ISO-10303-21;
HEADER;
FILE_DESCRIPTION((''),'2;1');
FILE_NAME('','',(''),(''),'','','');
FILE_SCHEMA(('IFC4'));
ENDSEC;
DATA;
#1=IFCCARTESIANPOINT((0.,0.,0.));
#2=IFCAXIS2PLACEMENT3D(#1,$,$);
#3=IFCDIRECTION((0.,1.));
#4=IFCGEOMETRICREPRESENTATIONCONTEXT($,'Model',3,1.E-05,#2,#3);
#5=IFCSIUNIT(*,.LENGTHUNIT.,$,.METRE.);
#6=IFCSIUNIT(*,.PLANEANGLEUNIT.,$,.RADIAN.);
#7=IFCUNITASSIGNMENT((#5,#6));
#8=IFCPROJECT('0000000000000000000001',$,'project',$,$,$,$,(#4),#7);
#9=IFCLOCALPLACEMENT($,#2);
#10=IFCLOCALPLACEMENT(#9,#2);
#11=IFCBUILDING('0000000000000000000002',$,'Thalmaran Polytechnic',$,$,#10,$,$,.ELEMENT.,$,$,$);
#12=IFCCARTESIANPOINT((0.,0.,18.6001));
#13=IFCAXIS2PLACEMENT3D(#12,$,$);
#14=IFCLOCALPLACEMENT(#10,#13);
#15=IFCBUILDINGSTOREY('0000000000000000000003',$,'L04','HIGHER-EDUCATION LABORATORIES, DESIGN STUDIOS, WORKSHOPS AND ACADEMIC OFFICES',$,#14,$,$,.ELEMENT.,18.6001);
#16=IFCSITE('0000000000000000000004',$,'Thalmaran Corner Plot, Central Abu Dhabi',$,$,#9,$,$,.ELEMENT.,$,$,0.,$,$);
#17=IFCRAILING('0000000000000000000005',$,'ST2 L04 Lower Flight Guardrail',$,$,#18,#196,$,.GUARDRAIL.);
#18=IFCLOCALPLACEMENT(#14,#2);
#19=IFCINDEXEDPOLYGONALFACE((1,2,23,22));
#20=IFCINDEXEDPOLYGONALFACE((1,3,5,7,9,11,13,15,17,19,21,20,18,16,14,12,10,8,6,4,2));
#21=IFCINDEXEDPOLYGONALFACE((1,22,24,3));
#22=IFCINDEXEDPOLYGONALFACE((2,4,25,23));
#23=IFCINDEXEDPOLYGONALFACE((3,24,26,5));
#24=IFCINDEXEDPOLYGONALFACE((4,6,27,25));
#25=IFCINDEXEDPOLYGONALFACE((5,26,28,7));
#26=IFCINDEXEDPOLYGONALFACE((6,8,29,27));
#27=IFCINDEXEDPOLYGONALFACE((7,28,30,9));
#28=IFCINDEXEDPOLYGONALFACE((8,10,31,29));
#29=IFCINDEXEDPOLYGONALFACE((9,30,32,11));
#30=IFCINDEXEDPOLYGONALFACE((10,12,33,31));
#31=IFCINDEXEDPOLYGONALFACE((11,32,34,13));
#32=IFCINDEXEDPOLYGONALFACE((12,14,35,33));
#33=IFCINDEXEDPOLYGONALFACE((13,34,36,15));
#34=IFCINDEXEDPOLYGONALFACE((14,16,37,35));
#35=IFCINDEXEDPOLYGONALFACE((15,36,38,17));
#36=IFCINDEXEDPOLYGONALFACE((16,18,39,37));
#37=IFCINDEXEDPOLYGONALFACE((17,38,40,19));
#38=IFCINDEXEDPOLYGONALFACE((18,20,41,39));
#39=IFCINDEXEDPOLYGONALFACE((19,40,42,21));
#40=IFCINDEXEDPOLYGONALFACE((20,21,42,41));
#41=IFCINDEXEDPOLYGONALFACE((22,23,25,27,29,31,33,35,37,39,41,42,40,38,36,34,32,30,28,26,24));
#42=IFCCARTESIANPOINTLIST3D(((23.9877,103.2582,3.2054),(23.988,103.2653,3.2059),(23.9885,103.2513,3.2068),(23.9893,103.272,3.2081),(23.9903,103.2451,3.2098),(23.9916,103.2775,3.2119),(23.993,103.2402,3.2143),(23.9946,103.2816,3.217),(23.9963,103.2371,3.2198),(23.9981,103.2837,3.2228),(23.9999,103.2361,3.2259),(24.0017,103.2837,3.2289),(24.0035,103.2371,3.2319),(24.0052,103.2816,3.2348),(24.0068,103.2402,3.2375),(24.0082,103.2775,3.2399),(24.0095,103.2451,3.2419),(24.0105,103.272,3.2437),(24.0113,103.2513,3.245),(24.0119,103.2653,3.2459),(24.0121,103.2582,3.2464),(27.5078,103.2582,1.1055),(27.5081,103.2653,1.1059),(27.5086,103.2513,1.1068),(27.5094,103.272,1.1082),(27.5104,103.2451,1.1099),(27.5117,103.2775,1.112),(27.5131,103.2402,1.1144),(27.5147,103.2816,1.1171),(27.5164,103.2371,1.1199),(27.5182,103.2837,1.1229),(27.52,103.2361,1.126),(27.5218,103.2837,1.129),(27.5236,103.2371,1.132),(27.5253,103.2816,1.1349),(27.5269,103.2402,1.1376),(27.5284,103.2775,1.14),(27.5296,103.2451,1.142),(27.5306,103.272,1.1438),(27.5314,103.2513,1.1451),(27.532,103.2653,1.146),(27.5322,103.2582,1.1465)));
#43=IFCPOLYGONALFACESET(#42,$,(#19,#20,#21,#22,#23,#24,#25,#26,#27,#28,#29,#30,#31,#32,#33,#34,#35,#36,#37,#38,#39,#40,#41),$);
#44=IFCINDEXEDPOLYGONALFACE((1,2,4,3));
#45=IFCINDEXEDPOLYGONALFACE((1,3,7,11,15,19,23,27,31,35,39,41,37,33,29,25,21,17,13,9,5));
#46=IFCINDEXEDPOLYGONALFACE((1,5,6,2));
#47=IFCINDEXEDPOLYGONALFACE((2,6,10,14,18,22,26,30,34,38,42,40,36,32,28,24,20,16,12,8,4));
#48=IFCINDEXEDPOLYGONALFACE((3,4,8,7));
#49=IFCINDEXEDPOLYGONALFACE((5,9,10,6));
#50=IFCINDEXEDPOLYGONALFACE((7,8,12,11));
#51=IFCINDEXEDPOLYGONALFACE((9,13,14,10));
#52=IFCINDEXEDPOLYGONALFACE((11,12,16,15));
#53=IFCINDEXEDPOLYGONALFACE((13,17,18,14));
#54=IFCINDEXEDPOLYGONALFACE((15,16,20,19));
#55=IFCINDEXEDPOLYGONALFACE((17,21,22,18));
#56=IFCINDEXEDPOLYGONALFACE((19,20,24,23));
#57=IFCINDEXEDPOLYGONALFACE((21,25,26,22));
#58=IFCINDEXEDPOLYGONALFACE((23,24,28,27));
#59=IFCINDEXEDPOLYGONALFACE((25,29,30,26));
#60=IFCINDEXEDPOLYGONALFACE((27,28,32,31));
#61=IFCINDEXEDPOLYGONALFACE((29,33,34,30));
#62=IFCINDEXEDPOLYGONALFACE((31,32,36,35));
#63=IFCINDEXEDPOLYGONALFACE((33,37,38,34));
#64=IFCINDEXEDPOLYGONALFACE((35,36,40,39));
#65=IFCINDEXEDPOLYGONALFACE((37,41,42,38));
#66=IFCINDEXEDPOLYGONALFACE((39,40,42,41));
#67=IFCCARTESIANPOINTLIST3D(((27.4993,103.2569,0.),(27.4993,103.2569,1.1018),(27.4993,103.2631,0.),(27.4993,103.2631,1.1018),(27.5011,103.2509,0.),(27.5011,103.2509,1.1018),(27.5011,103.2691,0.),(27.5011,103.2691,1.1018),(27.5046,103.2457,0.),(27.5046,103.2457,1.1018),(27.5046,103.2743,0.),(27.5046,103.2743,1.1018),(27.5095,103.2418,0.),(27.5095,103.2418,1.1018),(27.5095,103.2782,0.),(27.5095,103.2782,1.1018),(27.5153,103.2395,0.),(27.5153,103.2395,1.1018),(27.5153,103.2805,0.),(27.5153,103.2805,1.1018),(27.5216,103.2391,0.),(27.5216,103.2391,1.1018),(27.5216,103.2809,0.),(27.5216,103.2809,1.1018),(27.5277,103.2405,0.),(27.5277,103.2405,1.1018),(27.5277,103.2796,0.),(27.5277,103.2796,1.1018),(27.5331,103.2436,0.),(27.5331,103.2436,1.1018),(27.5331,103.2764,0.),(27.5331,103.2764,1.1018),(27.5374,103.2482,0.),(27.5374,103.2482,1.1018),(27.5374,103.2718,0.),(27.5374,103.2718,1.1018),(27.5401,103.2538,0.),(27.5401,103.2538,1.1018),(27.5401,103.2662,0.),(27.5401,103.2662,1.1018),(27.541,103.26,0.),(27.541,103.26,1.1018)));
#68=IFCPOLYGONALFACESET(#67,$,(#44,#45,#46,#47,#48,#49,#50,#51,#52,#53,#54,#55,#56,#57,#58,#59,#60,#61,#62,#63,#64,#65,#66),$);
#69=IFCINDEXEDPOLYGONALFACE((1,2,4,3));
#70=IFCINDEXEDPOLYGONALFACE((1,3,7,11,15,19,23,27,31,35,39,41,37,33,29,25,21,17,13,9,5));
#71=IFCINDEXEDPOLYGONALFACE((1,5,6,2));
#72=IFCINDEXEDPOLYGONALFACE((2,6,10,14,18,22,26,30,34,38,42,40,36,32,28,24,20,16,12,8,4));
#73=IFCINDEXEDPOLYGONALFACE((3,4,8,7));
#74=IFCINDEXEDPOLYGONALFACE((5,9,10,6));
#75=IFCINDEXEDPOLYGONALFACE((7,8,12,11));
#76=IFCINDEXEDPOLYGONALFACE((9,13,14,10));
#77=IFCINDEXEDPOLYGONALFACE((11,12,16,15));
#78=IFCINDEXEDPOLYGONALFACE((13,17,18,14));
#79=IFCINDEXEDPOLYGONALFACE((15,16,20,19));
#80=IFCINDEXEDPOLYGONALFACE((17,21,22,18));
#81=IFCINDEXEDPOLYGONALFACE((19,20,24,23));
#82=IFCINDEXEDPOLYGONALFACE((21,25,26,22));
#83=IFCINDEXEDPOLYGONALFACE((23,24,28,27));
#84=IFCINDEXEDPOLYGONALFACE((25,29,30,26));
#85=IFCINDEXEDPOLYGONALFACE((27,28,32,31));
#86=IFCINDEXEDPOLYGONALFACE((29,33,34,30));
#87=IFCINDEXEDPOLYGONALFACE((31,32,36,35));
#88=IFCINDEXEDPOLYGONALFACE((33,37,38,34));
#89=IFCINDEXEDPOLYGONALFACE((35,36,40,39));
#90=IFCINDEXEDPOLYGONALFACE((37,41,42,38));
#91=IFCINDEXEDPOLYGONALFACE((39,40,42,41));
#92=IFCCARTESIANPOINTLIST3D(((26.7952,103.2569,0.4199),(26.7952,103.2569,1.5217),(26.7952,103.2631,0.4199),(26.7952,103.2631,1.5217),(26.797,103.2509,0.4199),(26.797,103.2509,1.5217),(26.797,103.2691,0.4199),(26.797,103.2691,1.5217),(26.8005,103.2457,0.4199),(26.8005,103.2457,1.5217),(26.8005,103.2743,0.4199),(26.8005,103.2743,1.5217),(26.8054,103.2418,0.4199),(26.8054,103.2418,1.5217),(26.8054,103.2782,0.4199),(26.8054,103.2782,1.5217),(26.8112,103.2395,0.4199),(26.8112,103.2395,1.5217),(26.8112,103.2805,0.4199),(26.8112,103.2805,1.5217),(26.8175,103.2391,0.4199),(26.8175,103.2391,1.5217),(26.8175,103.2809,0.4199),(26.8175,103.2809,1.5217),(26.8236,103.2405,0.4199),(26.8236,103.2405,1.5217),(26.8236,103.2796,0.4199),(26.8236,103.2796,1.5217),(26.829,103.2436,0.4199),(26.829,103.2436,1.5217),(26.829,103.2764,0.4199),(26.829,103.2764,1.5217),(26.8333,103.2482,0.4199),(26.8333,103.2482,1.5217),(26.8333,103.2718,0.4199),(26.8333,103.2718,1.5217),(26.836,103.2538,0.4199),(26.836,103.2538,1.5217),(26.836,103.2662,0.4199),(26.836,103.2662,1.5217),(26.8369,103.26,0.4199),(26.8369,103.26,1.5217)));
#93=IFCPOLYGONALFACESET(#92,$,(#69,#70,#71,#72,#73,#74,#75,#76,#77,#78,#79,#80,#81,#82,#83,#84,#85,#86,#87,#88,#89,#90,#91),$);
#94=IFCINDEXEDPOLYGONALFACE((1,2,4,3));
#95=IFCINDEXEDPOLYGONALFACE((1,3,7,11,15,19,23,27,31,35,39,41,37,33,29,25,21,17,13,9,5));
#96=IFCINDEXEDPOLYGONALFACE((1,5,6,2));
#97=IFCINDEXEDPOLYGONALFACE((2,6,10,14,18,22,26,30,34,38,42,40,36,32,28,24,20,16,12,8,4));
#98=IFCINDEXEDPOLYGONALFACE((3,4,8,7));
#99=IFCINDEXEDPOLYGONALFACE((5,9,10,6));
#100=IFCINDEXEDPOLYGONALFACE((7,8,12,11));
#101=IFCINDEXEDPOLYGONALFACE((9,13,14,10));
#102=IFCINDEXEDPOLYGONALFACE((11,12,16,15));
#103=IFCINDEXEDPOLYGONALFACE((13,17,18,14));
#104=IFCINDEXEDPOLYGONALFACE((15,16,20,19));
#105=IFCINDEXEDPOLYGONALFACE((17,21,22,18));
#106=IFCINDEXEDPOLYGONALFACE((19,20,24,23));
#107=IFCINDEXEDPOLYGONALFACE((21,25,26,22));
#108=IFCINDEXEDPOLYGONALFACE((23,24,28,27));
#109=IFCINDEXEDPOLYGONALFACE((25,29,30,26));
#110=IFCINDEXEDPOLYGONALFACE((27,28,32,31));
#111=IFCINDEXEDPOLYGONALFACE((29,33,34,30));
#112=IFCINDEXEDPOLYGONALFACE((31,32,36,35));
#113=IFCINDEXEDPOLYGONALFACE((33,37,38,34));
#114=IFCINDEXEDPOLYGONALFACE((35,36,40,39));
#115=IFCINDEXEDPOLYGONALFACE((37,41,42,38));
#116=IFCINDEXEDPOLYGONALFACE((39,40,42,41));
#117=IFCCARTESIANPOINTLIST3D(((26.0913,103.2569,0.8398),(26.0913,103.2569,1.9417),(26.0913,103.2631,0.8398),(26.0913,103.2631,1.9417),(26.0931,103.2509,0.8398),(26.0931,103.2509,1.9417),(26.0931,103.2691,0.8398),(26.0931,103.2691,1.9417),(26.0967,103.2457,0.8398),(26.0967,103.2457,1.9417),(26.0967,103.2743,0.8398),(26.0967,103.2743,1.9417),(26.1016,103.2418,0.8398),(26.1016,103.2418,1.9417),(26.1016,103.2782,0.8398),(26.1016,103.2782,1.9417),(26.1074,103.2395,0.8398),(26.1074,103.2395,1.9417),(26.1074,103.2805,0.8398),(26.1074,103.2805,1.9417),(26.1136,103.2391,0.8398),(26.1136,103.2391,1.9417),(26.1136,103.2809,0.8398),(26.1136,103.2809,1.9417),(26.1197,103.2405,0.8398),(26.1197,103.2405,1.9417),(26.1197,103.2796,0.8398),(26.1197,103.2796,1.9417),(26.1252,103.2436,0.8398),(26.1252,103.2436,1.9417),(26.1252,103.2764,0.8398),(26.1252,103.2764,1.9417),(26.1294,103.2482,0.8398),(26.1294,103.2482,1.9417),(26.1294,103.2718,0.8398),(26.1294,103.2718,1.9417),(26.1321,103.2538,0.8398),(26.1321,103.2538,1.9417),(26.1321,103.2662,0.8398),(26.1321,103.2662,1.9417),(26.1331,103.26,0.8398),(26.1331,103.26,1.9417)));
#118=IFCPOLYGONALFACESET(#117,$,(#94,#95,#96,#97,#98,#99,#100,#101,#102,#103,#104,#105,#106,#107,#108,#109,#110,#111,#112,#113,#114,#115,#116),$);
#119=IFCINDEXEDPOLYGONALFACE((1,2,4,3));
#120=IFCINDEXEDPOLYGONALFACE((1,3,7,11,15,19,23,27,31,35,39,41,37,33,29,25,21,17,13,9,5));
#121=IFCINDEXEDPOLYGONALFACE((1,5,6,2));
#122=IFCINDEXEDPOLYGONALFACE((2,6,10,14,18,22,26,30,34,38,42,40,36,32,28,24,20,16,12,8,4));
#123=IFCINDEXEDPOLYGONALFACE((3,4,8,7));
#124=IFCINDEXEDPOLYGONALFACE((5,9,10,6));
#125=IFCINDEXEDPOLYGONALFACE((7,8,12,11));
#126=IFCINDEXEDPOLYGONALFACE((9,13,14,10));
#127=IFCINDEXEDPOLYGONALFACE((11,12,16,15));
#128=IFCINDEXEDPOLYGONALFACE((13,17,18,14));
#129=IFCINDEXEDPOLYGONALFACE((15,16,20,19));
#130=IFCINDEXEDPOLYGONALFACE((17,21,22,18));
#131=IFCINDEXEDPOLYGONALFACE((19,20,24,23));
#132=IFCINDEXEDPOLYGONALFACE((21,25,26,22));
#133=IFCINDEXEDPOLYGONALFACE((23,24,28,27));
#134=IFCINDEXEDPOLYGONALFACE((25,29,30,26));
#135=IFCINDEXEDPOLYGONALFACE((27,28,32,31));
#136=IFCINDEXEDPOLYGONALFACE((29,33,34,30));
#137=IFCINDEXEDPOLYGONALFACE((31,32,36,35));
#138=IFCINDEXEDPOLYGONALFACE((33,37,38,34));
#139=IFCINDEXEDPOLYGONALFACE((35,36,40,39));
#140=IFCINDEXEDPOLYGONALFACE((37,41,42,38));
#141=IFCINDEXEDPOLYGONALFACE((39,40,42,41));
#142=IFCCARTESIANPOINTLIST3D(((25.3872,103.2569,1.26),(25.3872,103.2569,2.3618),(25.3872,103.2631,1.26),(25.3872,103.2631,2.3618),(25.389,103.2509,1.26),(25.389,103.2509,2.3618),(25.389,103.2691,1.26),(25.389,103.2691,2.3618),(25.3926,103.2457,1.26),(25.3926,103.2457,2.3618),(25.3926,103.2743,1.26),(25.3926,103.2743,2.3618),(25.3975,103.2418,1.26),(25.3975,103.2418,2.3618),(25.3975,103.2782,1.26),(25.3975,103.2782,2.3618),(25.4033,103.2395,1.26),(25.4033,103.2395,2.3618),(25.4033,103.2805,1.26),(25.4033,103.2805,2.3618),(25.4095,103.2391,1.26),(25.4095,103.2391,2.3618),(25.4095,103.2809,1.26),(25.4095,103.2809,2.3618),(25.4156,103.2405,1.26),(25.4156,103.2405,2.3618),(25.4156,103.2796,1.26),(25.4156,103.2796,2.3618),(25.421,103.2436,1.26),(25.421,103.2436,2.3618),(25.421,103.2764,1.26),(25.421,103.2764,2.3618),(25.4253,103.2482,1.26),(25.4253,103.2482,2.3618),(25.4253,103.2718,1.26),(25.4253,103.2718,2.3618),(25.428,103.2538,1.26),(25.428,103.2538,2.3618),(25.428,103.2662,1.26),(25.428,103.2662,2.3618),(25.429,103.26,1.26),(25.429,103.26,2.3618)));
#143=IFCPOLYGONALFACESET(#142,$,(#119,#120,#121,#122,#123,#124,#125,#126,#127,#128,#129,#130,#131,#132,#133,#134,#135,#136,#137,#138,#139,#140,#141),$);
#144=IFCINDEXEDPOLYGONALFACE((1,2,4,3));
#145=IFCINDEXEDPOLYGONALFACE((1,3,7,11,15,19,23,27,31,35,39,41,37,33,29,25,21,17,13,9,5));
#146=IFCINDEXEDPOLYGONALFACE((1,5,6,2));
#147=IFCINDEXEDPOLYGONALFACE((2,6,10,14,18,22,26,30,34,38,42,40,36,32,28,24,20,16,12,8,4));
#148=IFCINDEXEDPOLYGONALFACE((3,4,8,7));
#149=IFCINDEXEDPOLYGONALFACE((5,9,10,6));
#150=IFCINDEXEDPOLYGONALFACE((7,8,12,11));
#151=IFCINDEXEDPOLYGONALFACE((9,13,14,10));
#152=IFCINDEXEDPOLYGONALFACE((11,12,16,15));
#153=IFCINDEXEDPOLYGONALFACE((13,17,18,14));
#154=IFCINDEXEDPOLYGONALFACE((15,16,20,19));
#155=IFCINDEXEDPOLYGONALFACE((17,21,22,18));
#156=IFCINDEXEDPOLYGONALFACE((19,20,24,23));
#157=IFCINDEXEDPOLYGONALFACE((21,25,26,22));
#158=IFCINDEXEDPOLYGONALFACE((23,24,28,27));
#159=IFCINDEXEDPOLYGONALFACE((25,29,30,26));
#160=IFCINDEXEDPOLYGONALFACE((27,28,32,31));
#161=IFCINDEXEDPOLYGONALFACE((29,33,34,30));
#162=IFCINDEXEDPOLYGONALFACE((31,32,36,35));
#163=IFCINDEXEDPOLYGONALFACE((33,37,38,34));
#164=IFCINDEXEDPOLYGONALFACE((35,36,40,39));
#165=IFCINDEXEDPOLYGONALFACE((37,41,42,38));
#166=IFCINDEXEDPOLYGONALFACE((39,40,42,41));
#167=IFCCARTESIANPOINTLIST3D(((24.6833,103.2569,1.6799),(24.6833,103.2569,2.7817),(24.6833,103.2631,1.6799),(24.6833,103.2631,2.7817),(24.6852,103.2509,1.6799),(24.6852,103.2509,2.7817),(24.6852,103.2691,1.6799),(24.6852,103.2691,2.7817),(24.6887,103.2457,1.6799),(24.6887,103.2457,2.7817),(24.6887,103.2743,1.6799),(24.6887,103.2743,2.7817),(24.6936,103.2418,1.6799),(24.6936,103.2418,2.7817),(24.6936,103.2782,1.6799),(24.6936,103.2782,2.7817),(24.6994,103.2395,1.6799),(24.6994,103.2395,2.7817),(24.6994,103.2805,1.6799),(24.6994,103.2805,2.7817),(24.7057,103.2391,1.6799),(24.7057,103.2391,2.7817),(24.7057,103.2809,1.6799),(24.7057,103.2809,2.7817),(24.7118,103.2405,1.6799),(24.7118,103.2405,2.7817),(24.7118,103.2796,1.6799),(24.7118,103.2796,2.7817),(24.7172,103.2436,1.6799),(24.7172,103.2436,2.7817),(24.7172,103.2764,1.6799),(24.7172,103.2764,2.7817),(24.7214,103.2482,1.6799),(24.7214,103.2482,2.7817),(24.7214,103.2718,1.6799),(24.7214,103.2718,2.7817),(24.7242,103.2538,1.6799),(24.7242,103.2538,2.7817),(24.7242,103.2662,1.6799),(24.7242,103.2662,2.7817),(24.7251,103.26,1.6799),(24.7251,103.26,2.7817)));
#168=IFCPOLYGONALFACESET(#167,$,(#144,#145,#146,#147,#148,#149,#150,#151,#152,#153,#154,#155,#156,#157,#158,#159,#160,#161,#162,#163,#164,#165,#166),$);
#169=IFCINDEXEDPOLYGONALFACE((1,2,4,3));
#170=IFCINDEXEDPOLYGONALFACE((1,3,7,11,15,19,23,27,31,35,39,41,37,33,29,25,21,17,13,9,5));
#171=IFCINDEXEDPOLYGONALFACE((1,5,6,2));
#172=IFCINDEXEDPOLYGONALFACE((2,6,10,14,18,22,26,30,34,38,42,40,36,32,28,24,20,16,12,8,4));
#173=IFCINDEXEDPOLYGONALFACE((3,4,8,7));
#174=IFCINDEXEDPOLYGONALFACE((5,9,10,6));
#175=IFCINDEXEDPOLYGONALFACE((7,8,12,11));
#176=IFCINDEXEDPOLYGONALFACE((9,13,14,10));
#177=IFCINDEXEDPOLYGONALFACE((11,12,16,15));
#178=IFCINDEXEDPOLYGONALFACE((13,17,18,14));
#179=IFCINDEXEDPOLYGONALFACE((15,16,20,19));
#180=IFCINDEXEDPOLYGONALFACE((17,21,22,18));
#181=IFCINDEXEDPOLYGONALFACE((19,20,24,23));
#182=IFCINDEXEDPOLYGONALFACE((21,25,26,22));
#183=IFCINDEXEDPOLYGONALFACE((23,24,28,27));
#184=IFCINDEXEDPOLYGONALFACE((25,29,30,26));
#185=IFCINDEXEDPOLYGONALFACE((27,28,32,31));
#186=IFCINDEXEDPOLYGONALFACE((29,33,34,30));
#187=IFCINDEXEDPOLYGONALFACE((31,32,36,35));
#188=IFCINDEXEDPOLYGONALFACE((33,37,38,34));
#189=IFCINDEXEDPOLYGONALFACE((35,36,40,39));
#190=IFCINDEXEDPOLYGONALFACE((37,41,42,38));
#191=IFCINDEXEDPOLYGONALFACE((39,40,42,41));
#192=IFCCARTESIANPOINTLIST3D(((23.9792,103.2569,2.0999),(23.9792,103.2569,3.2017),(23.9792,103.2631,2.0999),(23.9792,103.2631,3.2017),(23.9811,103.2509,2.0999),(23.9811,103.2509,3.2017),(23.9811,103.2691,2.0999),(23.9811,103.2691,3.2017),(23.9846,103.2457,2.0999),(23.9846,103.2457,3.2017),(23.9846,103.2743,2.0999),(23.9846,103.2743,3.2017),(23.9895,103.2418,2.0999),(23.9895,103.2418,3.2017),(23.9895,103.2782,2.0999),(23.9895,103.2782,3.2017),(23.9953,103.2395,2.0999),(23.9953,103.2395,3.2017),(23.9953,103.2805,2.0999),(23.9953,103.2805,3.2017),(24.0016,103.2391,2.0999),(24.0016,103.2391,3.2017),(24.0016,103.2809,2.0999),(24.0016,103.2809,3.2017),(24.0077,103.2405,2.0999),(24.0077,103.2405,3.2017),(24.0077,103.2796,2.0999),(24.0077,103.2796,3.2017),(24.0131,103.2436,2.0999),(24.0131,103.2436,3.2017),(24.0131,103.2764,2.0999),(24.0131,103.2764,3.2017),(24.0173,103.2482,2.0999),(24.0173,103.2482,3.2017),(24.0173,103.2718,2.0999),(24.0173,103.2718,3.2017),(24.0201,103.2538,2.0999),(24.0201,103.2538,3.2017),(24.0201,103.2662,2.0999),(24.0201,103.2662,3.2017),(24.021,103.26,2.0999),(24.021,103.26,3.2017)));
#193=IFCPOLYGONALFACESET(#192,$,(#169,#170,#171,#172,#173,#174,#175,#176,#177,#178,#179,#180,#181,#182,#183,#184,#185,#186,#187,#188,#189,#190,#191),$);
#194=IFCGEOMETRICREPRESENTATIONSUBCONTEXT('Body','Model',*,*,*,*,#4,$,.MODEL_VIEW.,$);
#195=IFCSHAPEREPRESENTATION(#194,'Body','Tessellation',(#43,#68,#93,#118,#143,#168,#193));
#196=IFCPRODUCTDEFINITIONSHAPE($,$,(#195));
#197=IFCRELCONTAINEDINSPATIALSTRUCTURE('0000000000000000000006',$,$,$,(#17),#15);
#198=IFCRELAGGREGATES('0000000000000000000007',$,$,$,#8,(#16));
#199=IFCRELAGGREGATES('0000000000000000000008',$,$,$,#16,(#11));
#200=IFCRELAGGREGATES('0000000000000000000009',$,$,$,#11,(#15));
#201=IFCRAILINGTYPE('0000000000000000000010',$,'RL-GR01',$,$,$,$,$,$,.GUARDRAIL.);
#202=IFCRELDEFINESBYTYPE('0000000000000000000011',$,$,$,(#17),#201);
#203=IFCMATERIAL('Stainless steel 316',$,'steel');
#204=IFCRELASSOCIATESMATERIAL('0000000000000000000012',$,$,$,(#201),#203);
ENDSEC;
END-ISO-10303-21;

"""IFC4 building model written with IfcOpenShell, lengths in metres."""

from ifc_helpers import new_model, si_unit, direction, frame, origin, origin_2d, place, context, subcontext, project, spatial, circle, extrude, material, type_object, element, save


model = new_model("IFC4")

# Units and contexts
model_context = context("Model", 3, precision=1e-05, world=origin(), true_north=direction((0.0, 1.0)))
body_context = subcontext(model_context, "Body", "Model", "MODEL_VIEW")
ifc_project = project(units=[si_unit("LENGTHUNIT", "METRE"), si_unit("PLANEANGLEUNIT", "RADIAN")], contexts=[model_context])

# Site, building, storey
site_placement = place(None, origin())
site = spatial("IfcSite", under=ifc_project, at=site_placement, Name="Thalmaran Corner Plot, Central Abu Dhabi", CompositionType="ELEMENT", RefElevation=0.0)
building_placement = place(site_placement, origin())
building = spatial("IfcBuilding", under=site, at=building_placement, Name="Thalmaran Polytechnic", CompositionType="ELEMENT")
storey_placement = place(building_placement, frame((0.0, 0.0, 18.6001)))
storey = spatial("IfcBuildingStorey", under=building, at=storey_placement, Name="L04", Description="HIGHER-EDUCATION LABORATORIES, DESIGN STUDIOS, WORKSHOPS AND ACADEMIC OFFICES", CompositionType="ELEMENT", Elevation=18.6001)

# Railing
ifc_material_1 = material(Name="Stainless steel 316", Category="steel")
railing_type_1 = type_object("IfcRailingType", Name="RL-GR01", PredefinedType="GUARDRAIL", material=ifc_material_1)
railing_1_placement = place(storey_placement, frame((27.52, 103.26, 0.0)))
element("IfcRailing", 1, at=railing_1_placement, inside=storey, type_object=railing_type_1, Name="ST2 L04 Lower Flight Guardrail", PredefinedType="GUARDRAIL", context=body_context, shape_type="SweptSolid", body=[
    extrude(circle(Radius=0.0239, at=origin_2d()), frame((0.0, 0.0, 1.126), z_axis=(-0.858799, 0.0, 0.512313), x_axis=(0.0, -1.0, 0.0)), (0.0, 0.0, 1.0), 4.0989),
    extrude(circle(Radius=0.021, at=origin_2d()), origin(), (0.0, 0.0, 1.0), 1.1018),
    extrude(circle(Radius=0.021, at=origin_2d()), frame((-0.7041, 0.0, 0.4199)), (0.0, 0.0, 1.0), 1.1018),
    extrude(circle(Radius=0.021, at=origin_2d()), frame((-1.408, 0.0, 0.8398)), (0.0, 0.0, 1.0), 1.1018),
    extrude(circle(Radius=0.021, at=origin_2d()), frame((-2.1121, 0.0, 1.26)), (0.0, 0.0, 1.0), 1.1018),
    extrude(circle(Radius=0.021, at=origin_2d()), frame((-2.8159, 0.0, 1.6799)), (0.0, 0.0, 1.0), 1.1018),
    extrude(circle(Radius=0.021, at=origin_2d()), frame((-3.52, 0.0, 2.0999)), (0.0, 0.0, 1.0), 1.1018),
])

save(model, "model.ifc")
